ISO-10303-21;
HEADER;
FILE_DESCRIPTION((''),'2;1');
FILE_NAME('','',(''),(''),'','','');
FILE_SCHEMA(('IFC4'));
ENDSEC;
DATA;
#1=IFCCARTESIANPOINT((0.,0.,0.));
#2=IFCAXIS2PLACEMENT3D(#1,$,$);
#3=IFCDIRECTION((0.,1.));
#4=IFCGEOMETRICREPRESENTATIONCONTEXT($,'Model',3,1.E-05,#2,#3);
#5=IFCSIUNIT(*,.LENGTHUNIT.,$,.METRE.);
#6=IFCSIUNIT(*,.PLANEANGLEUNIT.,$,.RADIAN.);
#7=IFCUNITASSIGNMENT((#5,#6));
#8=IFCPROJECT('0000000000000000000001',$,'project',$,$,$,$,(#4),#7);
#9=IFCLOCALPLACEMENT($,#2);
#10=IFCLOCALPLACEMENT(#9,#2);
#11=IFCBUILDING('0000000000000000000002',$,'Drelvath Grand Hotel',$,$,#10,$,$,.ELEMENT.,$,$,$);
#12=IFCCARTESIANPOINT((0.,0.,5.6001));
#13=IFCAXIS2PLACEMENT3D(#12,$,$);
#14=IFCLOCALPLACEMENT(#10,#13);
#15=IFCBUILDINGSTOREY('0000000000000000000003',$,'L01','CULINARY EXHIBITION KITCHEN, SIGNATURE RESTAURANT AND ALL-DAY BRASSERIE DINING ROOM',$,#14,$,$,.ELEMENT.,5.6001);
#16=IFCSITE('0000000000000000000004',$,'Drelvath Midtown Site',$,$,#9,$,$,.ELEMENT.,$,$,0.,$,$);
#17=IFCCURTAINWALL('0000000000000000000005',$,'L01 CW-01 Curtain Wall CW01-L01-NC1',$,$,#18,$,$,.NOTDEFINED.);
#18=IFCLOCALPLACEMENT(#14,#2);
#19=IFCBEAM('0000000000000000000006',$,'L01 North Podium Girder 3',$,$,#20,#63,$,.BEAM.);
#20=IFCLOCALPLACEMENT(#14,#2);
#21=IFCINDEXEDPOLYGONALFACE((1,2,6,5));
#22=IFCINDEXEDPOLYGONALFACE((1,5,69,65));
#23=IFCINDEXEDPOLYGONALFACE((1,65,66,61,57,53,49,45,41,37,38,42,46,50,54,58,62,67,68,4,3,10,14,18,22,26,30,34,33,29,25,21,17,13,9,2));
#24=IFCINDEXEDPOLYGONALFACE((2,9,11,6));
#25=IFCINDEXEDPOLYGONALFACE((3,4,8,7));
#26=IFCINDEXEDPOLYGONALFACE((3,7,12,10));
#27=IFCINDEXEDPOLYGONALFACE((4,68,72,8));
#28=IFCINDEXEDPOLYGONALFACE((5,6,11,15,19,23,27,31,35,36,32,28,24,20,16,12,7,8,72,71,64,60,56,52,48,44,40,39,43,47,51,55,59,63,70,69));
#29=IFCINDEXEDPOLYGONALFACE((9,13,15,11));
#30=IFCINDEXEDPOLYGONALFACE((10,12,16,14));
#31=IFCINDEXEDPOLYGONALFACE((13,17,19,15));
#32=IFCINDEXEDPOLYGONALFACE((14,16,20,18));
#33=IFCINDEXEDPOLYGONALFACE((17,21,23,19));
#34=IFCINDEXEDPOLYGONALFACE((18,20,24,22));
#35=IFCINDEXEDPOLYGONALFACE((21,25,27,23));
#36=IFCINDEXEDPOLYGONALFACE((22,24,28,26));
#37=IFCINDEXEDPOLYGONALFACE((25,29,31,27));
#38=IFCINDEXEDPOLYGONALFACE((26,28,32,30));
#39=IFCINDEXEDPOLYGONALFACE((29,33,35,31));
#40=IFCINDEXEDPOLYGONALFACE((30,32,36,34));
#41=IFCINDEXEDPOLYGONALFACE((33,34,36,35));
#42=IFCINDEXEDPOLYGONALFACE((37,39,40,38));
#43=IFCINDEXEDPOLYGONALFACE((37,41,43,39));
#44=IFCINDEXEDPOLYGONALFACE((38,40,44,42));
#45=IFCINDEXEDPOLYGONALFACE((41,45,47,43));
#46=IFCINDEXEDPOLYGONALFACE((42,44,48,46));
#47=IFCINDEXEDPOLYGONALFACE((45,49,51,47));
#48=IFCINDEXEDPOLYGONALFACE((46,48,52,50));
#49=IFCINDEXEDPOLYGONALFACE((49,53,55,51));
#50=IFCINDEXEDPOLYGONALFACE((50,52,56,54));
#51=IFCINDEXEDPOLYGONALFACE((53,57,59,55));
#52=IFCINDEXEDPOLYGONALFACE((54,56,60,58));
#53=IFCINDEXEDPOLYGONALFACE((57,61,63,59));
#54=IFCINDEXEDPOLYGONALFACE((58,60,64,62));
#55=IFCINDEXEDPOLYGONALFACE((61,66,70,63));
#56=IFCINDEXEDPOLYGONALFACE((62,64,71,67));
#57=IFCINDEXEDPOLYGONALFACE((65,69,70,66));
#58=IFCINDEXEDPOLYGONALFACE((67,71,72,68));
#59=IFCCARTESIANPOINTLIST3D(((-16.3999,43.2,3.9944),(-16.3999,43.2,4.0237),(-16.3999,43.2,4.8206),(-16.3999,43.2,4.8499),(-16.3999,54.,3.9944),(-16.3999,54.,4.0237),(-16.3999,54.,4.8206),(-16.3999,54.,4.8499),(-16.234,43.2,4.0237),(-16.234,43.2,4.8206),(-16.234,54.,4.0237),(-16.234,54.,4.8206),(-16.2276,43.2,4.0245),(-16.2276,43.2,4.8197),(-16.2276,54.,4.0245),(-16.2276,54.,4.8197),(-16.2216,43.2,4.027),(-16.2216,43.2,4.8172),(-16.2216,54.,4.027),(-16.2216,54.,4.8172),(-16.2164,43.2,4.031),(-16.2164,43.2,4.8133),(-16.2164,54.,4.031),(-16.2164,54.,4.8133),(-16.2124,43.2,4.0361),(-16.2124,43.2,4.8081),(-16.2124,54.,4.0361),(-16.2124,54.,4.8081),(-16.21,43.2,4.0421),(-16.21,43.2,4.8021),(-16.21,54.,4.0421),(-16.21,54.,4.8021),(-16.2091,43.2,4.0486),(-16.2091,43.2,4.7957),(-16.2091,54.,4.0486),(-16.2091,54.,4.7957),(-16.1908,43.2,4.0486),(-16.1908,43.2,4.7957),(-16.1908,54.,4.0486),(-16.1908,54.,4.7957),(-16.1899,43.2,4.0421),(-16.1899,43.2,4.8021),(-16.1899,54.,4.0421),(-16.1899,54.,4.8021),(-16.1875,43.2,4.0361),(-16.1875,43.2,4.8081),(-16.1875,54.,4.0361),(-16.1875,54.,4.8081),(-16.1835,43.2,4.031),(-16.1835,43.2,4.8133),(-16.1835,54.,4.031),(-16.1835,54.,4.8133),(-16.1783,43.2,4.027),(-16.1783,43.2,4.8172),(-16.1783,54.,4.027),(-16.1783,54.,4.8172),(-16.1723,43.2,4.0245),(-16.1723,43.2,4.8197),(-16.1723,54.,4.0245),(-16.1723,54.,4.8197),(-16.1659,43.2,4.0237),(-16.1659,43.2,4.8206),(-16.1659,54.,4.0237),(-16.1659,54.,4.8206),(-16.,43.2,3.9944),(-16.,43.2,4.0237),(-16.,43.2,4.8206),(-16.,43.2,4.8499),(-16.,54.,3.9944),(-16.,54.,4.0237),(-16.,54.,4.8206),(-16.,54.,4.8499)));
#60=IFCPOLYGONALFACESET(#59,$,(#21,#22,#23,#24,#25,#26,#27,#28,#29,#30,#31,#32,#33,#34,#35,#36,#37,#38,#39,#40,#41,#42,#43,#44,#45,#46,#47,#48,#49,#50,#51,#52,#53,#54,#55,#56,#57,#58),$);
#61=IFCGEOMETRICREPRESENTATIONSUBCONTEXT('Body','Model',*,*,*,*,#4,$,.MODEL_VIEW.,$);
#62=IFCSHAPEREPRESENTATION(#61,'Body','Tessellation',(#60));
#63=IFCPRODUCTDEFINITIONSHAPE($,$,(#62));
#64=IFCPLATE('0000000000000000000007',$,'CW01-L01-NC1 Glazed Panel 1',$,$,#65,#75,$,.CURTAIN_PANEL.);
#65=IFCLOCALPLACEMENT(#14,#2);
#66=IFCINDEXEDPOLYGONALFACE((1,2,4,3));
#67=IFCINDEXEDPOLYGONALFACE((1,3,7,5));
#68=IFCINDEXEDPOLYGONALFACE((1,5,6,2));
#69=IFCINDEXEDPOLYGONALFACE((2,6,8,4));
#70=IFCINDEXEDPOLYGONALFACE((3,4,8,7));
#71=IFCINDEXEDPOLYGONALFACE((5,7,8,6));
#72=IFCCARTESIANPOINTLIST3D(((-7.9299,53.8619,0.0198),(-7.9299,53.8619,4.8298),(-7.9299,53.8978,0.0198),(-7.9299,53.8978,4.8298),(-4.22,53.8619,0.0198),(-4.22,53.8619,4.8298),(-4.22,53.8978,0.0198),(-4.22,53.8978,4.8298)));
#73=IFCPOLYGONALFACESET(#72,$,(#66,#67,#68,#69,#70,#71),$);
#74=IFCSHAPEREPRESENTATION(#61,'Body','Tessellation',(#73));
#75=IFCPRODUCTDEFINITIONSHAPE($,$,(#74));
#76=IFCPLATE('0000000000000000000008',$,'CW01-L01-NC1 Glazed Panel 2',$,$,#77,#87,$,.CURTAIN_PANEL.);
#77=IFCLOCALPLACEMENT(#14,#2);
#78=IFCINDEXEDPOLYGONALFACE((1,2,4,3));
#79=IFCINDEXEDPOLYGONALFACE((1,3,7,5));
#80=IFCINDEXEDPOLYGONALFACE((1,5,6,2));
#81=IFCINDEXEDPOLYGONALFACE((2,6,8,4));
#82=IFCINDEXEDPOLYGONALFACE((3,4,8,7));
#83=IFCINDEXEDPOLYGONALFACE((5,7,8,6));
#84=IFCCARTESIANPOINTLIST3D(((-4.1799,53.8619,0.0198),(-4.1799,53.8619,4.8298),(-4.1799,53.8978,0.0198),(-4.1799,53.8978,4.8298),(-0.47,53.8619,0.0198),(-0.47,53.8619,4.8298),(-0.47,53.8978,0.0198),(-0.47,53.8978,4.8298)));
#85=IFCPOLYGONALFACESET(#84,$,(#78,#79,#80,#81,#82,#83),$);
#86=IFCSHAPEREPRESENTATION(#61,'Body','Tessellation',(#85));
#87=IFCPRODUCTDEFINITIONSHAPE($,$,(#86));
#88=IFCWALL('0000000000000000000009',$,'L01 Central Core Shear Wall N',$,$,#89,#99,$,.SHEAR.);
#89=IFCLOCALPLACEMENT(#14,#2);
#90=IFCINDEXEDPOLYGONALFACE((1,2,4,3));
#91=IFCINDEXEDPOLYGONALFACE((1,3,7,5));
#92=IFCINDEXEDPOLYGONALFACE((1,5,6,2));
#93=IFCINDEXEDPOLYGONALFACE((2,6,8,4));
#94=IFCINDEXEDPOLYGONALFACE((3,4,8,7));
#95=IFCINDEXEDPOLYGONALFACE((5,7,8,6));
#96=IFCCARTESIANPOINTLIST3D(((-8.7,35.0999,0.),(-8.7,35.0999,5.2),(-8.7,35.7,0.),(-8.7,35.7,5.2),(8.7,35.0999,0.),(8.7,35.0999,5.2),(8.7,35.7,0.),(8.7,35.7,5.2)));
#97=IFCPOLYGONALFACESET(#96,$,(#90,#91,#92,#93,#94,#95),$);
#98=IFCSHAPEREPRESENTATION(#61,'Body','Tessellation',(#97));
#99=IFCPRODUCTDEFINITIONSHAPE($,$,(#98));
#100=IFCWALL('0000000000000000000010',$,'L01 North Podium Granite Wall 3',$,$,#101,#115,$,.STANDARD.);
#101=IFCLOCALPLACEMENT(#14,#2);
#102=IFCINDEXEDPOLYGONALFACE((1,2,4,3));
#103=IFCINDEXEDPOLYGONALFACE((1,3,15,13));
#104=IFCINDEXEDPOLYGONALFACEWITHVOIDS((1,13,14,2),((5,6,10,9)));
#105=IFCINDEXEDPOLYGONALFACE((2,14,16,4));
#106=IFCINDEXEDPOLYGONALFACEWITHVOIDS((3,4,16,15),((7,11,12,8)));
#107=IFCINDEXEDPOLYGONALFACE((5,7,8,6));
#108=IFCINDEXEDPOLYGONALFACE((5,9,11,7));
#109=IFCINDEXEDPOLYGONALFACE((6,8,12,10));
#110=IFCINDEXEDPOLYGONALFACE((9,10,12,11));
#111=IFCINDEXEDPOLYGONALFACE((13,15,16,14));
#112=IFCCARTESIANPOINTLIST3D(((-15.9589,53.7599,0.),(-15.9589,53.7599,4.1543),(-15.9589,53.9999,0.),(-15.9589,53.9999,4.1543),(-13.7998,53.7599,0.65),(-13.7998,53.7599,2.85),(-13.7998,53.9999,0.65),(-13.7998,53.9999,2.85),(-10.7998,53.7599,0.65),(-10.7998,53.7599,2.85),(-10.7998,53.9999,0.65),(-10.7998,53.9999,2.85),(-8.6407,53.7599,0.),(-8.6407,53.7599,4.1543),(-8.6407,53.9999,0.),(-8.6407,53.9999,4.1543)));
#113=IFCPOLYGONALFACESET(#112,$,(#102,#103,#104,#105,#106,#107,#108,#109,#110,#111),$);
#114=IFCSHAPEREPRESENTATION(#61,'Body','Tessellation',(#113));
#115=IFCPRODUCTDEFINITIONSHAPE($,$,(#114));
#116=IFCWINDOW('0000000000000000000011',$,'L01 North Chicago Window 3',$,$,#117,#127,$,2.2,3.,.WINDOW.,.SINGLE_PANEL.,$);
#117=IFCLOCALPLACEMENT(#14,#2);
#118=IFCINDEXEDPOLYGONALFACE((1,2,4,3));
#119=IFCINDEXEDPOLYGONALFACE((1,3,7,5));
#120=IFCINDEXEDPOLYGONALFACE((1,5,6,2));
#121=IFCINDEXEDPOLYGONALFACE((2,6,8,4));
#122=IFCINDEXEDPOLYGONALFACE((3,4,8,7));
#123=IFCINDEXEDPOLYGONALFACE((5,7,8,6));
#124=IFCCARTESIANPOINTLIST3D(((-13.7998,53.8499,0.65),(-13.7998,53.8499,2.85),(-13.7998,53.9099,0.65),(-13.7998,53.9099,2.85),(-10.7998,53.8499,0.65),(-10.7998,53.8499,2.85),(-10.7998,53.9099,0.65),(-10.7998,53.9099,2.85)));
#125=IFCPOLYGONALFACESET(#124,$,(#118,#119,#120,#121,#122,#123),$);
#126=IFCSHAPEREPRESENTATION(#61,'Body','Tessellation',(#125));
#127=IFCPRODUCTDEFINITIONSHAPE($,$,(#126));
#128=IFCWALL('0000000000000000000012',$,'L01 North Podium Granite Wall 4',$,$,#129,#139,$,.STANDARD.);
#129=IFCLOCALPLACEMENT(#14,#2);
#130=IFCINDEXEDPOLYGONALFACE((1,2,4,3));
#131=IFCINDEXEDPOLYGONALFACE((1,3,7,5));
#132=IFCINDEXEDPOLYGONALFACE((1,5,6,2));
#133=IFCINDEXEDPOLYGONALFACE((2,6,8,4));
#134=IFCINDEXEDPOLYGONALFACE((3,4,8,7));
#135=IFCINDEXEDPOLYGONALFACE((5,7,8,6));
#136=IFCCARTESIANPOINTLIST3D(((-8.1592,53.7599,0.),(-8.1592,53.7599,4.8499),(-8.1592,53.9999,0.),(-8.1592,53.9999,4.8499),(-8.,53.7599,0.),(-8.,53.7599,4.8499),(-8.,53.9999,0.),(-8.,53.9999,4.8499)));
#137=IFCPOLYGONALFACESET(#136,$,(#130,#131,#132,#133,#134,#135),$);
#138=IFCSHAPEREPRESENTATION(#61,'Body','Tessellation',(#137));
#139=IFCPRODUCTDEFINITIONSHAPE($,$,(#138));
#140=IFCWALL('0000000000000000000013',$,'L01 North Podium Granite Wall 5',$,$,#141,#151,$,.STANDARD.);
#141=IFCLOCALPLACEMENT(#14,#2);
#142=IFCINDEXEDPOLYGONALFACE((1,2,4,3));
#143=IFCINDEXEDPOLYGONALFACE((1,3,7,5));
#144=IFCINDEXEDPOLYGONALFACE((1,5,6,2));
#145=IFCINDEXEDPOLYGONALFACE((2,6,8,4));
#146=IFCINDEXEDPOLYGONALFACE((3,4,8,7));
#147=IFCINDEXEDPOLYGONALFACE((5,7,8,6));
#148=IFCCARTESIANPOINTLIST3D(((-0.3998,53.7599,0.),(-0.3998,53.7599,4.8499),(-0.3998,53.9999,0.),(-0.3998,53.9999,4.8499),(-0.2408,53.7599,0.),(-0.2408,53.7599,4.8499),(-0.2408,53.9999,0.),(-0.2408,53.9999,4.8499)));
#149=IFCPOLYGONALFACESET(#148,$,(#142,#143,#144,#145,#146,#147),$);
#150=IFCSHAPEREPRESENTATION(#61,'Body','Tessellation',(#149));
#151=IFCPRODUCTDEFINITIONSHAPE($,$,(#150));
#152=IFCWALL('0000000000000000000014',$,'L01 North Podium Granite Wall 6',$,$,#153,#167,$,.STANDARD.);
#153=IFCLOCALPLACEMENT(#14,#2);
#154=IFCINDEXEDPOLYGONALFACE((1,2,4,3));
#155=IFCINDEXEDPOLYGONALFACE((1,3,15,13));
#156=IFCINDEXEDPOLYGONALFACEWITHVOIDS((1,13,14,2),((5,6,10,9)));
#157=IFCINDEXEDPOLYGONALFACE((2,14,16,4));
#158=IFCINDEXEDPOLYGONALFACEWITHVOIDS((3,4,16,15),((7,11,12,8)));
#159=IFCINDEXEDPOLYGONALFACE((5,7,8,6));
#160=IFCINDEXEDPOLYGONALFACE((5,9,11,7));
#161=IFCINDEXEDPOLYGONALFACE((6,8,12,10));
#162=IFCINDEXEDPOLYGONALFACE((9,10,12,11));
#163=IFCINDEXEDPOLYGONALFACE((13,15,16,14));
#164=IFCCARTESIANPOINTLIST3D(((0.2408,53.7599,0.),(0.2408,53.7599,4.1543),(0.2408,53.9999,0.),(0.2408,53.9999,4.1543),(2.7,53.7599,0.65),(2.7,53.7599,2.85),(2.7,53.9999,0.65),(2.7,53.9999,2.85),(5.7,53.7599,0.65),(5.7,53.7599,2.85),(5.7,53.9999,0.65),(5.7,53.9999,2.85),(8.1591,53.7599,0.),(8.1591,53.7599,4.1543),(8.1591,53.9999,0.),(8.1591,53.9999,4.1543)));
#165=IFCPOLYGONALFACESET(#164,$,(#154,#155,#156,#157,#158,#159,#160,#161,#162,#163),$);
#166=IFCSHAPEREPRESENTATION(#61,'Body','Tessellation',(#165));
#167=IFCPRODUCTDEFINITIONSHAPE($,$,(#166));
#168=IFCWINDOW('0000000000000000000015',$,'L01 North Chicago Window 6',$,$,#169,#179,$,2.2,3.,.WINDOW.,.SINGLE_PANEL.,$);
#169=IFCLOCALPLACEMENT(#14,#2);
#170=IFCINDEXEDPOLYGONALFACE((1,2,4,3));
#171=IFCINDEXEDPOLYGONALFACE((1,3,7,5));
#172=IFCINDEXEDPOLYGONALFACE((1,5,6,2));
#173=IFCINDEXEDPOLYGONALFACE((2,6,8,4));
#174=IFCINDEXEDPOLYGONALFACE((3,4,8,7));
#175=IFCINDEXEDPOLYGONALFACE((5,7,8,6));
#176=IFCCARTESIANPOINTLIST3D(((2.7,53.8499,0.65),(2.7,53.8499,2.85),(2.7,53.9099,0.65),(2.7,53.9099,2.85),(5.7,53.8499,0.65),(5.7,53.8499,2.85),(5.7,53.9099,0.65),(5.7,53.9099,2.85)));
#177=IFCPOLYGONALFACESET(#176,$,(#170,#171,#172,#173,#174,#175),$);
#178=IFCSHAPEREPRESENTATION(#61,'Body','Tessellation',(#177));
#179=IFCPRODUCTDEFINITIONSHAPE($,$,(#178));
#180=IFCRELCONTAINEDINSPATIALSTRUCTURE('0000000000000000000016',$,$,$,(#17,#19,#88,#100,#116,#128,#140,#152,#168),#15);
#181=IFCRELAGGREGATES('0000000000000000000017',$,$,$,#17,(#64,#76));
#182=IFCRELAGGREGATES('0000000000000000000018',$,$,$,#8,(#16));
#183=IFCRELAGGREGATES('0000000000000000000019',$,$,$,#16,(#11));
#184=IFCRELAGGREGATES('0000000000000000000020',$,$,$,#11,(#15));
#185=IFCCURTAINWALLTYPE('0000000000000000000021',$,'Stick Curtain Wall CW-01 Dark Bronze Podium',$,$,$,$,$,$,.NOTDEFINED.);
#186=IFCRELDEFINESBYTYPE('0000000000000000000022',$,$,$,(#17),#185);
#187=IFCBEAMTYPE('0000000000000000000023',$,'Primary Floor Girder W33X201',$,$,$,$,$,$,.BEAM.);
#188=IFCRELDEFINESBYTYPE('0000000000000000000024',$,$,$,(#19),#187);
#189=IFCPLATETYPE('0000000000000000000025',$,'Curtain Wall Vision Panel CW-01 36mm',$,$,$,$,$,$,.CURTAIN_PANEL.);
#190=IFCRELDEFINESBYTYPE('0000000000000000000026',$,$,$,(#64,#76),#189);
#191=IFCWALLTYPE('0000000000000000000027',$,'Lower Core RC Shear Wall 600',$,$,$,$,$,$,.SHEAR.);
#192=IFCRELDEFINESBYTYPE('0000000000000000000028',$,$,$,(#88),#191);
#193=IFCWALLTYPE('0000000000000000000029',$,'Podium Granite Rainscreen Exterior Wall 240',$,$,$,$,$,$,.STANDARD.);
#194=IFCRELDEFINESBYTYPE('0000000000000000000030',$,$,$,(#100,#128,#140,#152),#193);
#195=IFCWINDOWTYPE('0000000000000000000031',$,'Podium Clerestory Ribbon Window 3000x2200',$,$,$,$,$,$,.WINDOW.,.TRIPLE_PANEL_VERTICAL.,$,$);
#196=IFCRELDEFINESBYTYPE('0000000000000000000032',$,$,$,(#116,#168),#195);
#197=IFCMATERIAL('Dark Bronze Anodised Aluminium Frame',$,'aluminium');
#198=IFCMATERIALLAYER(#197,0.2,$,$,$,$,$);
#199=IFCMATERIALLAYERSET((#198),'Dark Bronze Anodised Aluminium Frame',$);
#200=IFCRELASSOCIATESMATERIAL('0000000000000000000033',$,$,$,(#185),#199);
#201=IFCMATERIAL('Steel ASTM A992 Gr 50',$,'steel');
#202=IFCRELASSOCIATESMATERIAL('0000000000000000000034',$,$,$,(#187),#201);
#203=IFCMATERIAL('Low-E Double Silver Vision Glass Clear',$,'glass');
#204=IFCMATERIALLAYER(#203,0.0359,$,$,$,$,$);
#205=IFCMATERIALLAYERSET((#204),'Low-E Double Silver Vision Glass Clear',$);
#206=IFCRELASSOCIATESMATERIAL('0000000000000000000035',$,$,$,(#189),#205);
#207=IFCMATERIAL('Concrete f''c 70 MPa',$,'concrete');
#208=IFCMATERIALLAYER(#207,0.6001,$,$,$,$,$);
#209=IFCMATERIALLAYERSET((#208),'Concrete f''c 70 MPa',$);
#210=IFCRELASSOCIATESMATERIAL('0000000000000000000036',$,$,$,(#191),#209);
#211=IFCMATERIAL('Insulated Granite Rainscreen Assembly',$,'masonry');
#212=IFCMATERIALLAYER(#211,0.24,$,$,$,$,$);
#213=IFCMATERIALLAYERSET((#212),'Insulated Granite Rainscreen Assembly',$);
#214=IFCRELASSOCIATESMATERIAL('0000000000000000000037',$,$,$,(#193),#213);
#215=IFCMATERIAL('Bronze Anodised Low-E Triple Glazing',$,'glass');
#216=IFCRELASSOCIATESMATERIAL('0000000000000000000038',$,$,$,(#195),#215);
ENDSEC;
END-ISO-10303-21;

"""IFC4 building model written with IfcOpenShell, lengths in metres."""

from ifc_helpers import new_model, si_unit, direction, frame, frame_2d, origin, origin_2d, place, context, subcontext, project, spatial, rectangle, i_section, extrude, material, layer, layer_set, material_profile, profile_set, type_object, element, fill, aggregate, save


model = new_model("IFC4")

# Units and contexts
model_context = context("Model", 3, precision=1e-05, world=origin(), true_north=direction((0.0, 1.0)))
body_context = subcontext(model_context, "Body", "Model", "MODEL_VIEW")
ifc_project = project(units=[si_unit("LENGTHUNIT", "METRE"), si_unit("PLANEANGLEUNIT", "RADIAN")], contexts=[model_context])

# Site, building, storey
site_placement = place(None, origin())
site = spatial("IfcSite", under=ifc_project, at=site_placement, Name="Drelvath Midtown Site", CompositionType="ELEMENT", RefElevation=0.0)
building_placement = place(site_placement, origin())
building = spatial("IfcBuilding", under=site, at=building_placement, Name="Drelvath Grand Hotel", CompositionType="ELEMENT")
storey_placement = place(building_placement, frame((0.0, 0.0, 5.6001)))
storey = spatial("IfcBuildingStorey", under=building, at=storey_placement, Name="L01", Description="CULINARY EXHIBITION KITCHEN, SIGNATURE RESTAURANT AND ALL-DAY BRASSERIE DINING ROOM", CompositionType="ELEMENT", Elevation=5.6001)

# Curtain wall
ifc_material_1 = material(Name="Dark Bronze Anodised Aluminium Frame", Category="aluminium")
ifc_layer_1 = layer(ifc_material_1, 0.2)
ifc_layer_set_1 = layer_set([ifc_layer_1], Name="Dark Bronze Anodised Aluminium Frame")
curtain_wall_type = type_object("IfcCurtainWallType", Name="Stick Curtain Wall CW-01 Dark Bronze Podium", PredefinedType="NOTDEFINED", material=ifc_layer_set_1)
curtain_wall_placement = place(storey_placement, origin())
curtain_wall = element("IfcCurtainWall", 1, at=curtain_wall_placement, inside=storey, type_object=curtain_wall_type, Name="L01 CW-01 Curtain Wall CW01-L01-NC1", PredefinedType="NOTDEFINED")

# Beam
ifc_material_2 = material(Name="Steel ASTM A992 Gr 50", Category="steel")
ifc_material_profile_1 = material_profile(ifc_material_2, i_section(OverallWidth=0.3999, OverallDepth=0.8555, WebThickness=0.0183, FlangeThickness=0.0293, FilletRadius=0.0249, at=origin_2d()), Name="W33X201")
ifc_profile_set_1 = profile_set([ifc_material_profile_1], Name="Steel ASTM A992 Gr 50")
beam_type_1 = type_object("IfcBeamType", Name="Primary Floor Girder W33X201", PredefinedType="BEAM", material=ifc_profile_set_1)
beam_1_placement = place(storey_placement, frame((-16.2, 43.2, 4.4221), z_axis=(0.0, 1.0, 0.0), x_axis=(-1.0, 0.0, 0.0)))
element("IfcBeam", 2, at=beam_1_placement, inside=storey, type_object=beam_type_1, Name="L01 North Podium Girder 3", PredefinedType="BEAM", context=body_context, shape_type="SweptSolid", body=[
    extrude(i_section(OverallWidth=0.3999, OverallDepth=0.8555, WebThickness=0.0183, FlangeThickness=0.0293, FilletRadius=0.0249, at=origin_2d()), origin(), (0.0, 0.0, 1.0), 10.8),
])

# Plates
ifc_material_3 = material(Name="Low-E Double Silver Vision Glass Clear", Category="glass")
ifc_layer_2 = layer(ifc_material_3, 0.0359)
ifc_layer_set_2 = layer_set([ifc_layer_2], Name="Low-E Double Silver Vision Glass Clear")
plate_type = type_object("IfcPlateType", Name="Curtain Wall Vision Panel CW-01 36mm", PredefinedType="CURTAIN_PANEL", material=ifc_layer_set_2)
plate_1_placement = place(storey_placement, frame((-6.075, 53.8799, 0.0198), z_axis=(0.0, 0.0, 1.0), x_axis=(1.0, 0.0, 0.0)))
plate_1 = element("IfcPlate", 3, at=plate_1_placement, type_object=plate_type, Name="CW01-L01-NC1 Glazed Panel 1", PredefinedType="CURTAIN_PANEL", context=body_context, shape_type="SweptSolid", body=[
    extrude(rectangle(XDim=3.71, YDim=0.0359, at=origin_2d()), origin(), (0.0, 0.0, 1.0), 4.8101),
])
plate_2_placement = place(storey_placement, frame((-2.325, 53.8799, 0.0198), z_axis=(0.0, 0.0, 1.0), x_axis=(1.0, 0.0, 0.0)))
plate_2 = element("IfcPlate", 4, at=plate_2_placement, type_object=plate_type, Name="CW01-L01-NC1 Glazed Panel 2", PredefinedType="CURTAIN_PANEL", context=body_context, shape_type="SweptSolid", body=[
    extrude(rectangle(XDim=3.71, YDim=0.0359, at=origin_2d()), origin(), (0.0, 0.0, 1.0), 4.8101),
])
aggregate(curtain_wall, [plate_1, plate_2])

# Wall
ifc_material_4 = material(Name="Concrete f'c 70 MPa", Category="concrete")
ifc_layer_3 = layer(ifc_material_4, 0.6001)
ifc_layer_set_3 = layer_set([ifc_layer_3], Name="Concrete f'c 70 MPa")
wall_type_1 = type_object("IfcWallType", Name="Lower Core RC Shear Wall 600", PredefinedType="SHEAR", material=ifc_layer_set_3)
wall_1_placement = place(storey_placement, frame((-8.7, 35.3999, 0.0), z_axis=(0.0, 0.0, 1.0), x_axis=(1.0, 0.0, 0.0)))
element("IfcWall", 5, at=wall_1_placement, inside=storey, type_object=wall_type_1, Name="L01 Central Core Shear Wall N", PredefinedType="SHEAR", context=body_context, shape_type="SweptSolid", body=[
    extrude(rectangle(XDim=17.3999, YDim=0.6001, at=frame_2d((8.7, 0.0))), origin(), (0.0, 0.0, 1.0), 5.2),
])

# Wall, opening, window
ifc_material_5 = material(Name="Insulated Granite Rainscreen Assembly", Category="masonry")
ifc_layer_4 = layer(ifc_material_5, 0.24)
ifc_layer_set_4 = layer_set([ifc_layer_4], Name="Insulated Granite Rainscreen Assembly")
wall_type_2 = type_object("IfcWallType", Name="Podium Granite Rainscreen Exterior Wall 240", PredefinedType="STANDARD", material=ifc_layer_set_4)
wall_2_placement = place(storey_placement, frame((-15.959, 53.8799, 0.0), z_axis=(0.0, 0.0, 1.0), x_axis=(1.0, 0.0, 0.0)))
wall_2 = element("IfcWall", 6, at=wall_2_placement, inside=storey, type_object=wall_type_2, Name="L01 North Podium Granite Wall 3", PredefinedType="STANDARD", context=body_context, shape_type="SweptSolid", body=[
    extrude(rectangle(XDim=7.3181, YDim=0.24, at=frame_2d((3.6592, 0.0))), origin(), (0.0, 0.0, 1.0), 4.1543),
])
opening_1_placement = place(wall_2_placement, frame((2.1592, 0.0, 0.6499)))
opening_1 = element("IfcOpeningElement", 7, at=opening_1_placement, cuts=wall_2, PredefinedType="OPENING", context=body_context, shape_type="SweptSolid", body=[
    extrude(rectangle(XDim=3.0, YDim=2.2, at=frame_2d((1.5, 1.1001))), frame((0.0, 0.1299, 0.0), z_axis=(0.0, -1.0, 0.0), x_axis=(1.0, 0.0, 0.0)), (0.0, 0.0, 1.0), 0.26),
])
ifc_material_6 = material(Name="Bronze Anodised Low-E Triple Glazing", Category="glass")
window_type = type_object("IfcWindowType", Name="Podium Clerestory Ribbon Window 3000x2200", PartitioningType="TRIPLE_PANEL_VERTICAL", PredefinedType="WINDOW", material=ifc_material_6)
window_1_placement = place(opening_1_placement, origin())
window_1 = element("IfcWindow", 8, at=window_1_placement, inside=storey, type_object=window_type, Name="L01 North Chicago Window 3", OverallHeight=2.2, OverallWidth=3.0, PartitioningType="SINGLE_PANEL", PredefinedType="WINDOW", context=body_context, shape_type="SweptSolid", body=[
    extrude(rectangle(XDim=3.0, YDim=2.2, at=frame_2d((1.5, 1.1001))), frame((0.0, 0.03, 0.0), z_axis=(0.0, -1.0, 0.0), x_axis=(1.0, 0.0, 0.0)), (0.0, 0.0, 1.0), 0.0601),
])
fill(opening_1, window_1)

# Walls
wall_3_placement = place(storey_placement, frame((-8.1592, 53.8799, 0.0), z_axis=(0.0, 0.0, 1.0), x_axis=(1.0, 0.0, 0.0)))
element("IfcWall", 9, at=wall_3_placement, inside=storey, type_object=wall_type_2, Name="L01 North Podium Granite Wall 4", PredefinedType="STANDARD", context=body_context, shape_type="SweptSolid", body=[
    extrude(rectangle(XDim=0.1592, YDim=0.24, at=frame_2d((0.0796, 0.0))), origin(), (0.0, 0.0, 1.0), 4.8499),
])
wall_4_placement = place(storey_placement, frame((-0.3999, 53.8799, 0.0), z_axis=(0.0, 0.0, 1.0), x_axis=(1.0, 0.0, 0.0)))
element("IfcWall", 10, at=wall_4_placement, inside=storey, type_object=wall_type_2, Name="L01 North Podium Granite Wall 5", PredefinedType="STANDARD", context=body_context, shape_type="SweptSolid", body=[
    extrude(rectangle(XDim=0.1589, YDim=0.24, at=frame_2d((0.0796, 0.0))), origin(), (0.0, 0.0, 1.0), 4.8499),
])

# Wall, opening, window
wall_5_placement = place(storey_placement, frame((0.241, 53.8799, 0.0), z_axis=(0.0, 0.0, 1.0), x_axis=(1.0, 0.0, 0.0)))
wall_5 = element("IfcWall", 11, at=wall_5_placement, inside=storey, type_object=wall_type_2, Name="L01 North Podium Granite Wall 6", PredefinedType="STANDARD", context=body_context, shape_type="SweptSolid", body=[
    extrude(rectangle(XDim=7.9182, YDim=0.24, at=frame_2d((3.959, 0.0))), origin(), (0.0, 0.0, 1.0), 4.1543),
])
opening_2_placement = place(wall_5_placement, frame((2.459, 0.0, 0.6499)))
opening_2 = element("IfcOpeningElement", 12, at=opening_2_placement, cuts=wall_5, PredefinedType="OPENING", context=body_context, shape_type="SweptSolid", body=[
    extrude(rectangle(XDim=3.0, YDim=2.2, at=frame_2d((1.5, 1.1001))), frame((0.0, 0.1299, 0.0), z_axis=(0.0, -1.0, 0.0), x_axis=(1.0, 0.0, 0.0)), (0.0, 0.0, 1.0), 0.26),
])
window_2_placement = place(opening_2_placement, origin())
window_2 = element("IfcWindow", 13, at=window_2_placement, inside=storey, type_object=window_type, Name="L01 North Chicago Window 6", OverallHeight=2.2, OverallWidth=3.0, PartitioningType="SINGLE_PANEL", PredefinedType="WINDOW", context=body_context, shape_type="SweptSolid", body=[
    extrude(rectangle(XDim=3.0, YDim=2.2, at=frame_2d((1.5, 1.1001))), frame((0.0, 0.03, 0.0), z_axis=(0.0, -1.0, 0.0), x_axis=(1.0, 0.0, 0.0)), (0.0, 0.0, 1.0), 0.0601),
])
fill(opening_2, window_2)

save(model, "model.ifc")
